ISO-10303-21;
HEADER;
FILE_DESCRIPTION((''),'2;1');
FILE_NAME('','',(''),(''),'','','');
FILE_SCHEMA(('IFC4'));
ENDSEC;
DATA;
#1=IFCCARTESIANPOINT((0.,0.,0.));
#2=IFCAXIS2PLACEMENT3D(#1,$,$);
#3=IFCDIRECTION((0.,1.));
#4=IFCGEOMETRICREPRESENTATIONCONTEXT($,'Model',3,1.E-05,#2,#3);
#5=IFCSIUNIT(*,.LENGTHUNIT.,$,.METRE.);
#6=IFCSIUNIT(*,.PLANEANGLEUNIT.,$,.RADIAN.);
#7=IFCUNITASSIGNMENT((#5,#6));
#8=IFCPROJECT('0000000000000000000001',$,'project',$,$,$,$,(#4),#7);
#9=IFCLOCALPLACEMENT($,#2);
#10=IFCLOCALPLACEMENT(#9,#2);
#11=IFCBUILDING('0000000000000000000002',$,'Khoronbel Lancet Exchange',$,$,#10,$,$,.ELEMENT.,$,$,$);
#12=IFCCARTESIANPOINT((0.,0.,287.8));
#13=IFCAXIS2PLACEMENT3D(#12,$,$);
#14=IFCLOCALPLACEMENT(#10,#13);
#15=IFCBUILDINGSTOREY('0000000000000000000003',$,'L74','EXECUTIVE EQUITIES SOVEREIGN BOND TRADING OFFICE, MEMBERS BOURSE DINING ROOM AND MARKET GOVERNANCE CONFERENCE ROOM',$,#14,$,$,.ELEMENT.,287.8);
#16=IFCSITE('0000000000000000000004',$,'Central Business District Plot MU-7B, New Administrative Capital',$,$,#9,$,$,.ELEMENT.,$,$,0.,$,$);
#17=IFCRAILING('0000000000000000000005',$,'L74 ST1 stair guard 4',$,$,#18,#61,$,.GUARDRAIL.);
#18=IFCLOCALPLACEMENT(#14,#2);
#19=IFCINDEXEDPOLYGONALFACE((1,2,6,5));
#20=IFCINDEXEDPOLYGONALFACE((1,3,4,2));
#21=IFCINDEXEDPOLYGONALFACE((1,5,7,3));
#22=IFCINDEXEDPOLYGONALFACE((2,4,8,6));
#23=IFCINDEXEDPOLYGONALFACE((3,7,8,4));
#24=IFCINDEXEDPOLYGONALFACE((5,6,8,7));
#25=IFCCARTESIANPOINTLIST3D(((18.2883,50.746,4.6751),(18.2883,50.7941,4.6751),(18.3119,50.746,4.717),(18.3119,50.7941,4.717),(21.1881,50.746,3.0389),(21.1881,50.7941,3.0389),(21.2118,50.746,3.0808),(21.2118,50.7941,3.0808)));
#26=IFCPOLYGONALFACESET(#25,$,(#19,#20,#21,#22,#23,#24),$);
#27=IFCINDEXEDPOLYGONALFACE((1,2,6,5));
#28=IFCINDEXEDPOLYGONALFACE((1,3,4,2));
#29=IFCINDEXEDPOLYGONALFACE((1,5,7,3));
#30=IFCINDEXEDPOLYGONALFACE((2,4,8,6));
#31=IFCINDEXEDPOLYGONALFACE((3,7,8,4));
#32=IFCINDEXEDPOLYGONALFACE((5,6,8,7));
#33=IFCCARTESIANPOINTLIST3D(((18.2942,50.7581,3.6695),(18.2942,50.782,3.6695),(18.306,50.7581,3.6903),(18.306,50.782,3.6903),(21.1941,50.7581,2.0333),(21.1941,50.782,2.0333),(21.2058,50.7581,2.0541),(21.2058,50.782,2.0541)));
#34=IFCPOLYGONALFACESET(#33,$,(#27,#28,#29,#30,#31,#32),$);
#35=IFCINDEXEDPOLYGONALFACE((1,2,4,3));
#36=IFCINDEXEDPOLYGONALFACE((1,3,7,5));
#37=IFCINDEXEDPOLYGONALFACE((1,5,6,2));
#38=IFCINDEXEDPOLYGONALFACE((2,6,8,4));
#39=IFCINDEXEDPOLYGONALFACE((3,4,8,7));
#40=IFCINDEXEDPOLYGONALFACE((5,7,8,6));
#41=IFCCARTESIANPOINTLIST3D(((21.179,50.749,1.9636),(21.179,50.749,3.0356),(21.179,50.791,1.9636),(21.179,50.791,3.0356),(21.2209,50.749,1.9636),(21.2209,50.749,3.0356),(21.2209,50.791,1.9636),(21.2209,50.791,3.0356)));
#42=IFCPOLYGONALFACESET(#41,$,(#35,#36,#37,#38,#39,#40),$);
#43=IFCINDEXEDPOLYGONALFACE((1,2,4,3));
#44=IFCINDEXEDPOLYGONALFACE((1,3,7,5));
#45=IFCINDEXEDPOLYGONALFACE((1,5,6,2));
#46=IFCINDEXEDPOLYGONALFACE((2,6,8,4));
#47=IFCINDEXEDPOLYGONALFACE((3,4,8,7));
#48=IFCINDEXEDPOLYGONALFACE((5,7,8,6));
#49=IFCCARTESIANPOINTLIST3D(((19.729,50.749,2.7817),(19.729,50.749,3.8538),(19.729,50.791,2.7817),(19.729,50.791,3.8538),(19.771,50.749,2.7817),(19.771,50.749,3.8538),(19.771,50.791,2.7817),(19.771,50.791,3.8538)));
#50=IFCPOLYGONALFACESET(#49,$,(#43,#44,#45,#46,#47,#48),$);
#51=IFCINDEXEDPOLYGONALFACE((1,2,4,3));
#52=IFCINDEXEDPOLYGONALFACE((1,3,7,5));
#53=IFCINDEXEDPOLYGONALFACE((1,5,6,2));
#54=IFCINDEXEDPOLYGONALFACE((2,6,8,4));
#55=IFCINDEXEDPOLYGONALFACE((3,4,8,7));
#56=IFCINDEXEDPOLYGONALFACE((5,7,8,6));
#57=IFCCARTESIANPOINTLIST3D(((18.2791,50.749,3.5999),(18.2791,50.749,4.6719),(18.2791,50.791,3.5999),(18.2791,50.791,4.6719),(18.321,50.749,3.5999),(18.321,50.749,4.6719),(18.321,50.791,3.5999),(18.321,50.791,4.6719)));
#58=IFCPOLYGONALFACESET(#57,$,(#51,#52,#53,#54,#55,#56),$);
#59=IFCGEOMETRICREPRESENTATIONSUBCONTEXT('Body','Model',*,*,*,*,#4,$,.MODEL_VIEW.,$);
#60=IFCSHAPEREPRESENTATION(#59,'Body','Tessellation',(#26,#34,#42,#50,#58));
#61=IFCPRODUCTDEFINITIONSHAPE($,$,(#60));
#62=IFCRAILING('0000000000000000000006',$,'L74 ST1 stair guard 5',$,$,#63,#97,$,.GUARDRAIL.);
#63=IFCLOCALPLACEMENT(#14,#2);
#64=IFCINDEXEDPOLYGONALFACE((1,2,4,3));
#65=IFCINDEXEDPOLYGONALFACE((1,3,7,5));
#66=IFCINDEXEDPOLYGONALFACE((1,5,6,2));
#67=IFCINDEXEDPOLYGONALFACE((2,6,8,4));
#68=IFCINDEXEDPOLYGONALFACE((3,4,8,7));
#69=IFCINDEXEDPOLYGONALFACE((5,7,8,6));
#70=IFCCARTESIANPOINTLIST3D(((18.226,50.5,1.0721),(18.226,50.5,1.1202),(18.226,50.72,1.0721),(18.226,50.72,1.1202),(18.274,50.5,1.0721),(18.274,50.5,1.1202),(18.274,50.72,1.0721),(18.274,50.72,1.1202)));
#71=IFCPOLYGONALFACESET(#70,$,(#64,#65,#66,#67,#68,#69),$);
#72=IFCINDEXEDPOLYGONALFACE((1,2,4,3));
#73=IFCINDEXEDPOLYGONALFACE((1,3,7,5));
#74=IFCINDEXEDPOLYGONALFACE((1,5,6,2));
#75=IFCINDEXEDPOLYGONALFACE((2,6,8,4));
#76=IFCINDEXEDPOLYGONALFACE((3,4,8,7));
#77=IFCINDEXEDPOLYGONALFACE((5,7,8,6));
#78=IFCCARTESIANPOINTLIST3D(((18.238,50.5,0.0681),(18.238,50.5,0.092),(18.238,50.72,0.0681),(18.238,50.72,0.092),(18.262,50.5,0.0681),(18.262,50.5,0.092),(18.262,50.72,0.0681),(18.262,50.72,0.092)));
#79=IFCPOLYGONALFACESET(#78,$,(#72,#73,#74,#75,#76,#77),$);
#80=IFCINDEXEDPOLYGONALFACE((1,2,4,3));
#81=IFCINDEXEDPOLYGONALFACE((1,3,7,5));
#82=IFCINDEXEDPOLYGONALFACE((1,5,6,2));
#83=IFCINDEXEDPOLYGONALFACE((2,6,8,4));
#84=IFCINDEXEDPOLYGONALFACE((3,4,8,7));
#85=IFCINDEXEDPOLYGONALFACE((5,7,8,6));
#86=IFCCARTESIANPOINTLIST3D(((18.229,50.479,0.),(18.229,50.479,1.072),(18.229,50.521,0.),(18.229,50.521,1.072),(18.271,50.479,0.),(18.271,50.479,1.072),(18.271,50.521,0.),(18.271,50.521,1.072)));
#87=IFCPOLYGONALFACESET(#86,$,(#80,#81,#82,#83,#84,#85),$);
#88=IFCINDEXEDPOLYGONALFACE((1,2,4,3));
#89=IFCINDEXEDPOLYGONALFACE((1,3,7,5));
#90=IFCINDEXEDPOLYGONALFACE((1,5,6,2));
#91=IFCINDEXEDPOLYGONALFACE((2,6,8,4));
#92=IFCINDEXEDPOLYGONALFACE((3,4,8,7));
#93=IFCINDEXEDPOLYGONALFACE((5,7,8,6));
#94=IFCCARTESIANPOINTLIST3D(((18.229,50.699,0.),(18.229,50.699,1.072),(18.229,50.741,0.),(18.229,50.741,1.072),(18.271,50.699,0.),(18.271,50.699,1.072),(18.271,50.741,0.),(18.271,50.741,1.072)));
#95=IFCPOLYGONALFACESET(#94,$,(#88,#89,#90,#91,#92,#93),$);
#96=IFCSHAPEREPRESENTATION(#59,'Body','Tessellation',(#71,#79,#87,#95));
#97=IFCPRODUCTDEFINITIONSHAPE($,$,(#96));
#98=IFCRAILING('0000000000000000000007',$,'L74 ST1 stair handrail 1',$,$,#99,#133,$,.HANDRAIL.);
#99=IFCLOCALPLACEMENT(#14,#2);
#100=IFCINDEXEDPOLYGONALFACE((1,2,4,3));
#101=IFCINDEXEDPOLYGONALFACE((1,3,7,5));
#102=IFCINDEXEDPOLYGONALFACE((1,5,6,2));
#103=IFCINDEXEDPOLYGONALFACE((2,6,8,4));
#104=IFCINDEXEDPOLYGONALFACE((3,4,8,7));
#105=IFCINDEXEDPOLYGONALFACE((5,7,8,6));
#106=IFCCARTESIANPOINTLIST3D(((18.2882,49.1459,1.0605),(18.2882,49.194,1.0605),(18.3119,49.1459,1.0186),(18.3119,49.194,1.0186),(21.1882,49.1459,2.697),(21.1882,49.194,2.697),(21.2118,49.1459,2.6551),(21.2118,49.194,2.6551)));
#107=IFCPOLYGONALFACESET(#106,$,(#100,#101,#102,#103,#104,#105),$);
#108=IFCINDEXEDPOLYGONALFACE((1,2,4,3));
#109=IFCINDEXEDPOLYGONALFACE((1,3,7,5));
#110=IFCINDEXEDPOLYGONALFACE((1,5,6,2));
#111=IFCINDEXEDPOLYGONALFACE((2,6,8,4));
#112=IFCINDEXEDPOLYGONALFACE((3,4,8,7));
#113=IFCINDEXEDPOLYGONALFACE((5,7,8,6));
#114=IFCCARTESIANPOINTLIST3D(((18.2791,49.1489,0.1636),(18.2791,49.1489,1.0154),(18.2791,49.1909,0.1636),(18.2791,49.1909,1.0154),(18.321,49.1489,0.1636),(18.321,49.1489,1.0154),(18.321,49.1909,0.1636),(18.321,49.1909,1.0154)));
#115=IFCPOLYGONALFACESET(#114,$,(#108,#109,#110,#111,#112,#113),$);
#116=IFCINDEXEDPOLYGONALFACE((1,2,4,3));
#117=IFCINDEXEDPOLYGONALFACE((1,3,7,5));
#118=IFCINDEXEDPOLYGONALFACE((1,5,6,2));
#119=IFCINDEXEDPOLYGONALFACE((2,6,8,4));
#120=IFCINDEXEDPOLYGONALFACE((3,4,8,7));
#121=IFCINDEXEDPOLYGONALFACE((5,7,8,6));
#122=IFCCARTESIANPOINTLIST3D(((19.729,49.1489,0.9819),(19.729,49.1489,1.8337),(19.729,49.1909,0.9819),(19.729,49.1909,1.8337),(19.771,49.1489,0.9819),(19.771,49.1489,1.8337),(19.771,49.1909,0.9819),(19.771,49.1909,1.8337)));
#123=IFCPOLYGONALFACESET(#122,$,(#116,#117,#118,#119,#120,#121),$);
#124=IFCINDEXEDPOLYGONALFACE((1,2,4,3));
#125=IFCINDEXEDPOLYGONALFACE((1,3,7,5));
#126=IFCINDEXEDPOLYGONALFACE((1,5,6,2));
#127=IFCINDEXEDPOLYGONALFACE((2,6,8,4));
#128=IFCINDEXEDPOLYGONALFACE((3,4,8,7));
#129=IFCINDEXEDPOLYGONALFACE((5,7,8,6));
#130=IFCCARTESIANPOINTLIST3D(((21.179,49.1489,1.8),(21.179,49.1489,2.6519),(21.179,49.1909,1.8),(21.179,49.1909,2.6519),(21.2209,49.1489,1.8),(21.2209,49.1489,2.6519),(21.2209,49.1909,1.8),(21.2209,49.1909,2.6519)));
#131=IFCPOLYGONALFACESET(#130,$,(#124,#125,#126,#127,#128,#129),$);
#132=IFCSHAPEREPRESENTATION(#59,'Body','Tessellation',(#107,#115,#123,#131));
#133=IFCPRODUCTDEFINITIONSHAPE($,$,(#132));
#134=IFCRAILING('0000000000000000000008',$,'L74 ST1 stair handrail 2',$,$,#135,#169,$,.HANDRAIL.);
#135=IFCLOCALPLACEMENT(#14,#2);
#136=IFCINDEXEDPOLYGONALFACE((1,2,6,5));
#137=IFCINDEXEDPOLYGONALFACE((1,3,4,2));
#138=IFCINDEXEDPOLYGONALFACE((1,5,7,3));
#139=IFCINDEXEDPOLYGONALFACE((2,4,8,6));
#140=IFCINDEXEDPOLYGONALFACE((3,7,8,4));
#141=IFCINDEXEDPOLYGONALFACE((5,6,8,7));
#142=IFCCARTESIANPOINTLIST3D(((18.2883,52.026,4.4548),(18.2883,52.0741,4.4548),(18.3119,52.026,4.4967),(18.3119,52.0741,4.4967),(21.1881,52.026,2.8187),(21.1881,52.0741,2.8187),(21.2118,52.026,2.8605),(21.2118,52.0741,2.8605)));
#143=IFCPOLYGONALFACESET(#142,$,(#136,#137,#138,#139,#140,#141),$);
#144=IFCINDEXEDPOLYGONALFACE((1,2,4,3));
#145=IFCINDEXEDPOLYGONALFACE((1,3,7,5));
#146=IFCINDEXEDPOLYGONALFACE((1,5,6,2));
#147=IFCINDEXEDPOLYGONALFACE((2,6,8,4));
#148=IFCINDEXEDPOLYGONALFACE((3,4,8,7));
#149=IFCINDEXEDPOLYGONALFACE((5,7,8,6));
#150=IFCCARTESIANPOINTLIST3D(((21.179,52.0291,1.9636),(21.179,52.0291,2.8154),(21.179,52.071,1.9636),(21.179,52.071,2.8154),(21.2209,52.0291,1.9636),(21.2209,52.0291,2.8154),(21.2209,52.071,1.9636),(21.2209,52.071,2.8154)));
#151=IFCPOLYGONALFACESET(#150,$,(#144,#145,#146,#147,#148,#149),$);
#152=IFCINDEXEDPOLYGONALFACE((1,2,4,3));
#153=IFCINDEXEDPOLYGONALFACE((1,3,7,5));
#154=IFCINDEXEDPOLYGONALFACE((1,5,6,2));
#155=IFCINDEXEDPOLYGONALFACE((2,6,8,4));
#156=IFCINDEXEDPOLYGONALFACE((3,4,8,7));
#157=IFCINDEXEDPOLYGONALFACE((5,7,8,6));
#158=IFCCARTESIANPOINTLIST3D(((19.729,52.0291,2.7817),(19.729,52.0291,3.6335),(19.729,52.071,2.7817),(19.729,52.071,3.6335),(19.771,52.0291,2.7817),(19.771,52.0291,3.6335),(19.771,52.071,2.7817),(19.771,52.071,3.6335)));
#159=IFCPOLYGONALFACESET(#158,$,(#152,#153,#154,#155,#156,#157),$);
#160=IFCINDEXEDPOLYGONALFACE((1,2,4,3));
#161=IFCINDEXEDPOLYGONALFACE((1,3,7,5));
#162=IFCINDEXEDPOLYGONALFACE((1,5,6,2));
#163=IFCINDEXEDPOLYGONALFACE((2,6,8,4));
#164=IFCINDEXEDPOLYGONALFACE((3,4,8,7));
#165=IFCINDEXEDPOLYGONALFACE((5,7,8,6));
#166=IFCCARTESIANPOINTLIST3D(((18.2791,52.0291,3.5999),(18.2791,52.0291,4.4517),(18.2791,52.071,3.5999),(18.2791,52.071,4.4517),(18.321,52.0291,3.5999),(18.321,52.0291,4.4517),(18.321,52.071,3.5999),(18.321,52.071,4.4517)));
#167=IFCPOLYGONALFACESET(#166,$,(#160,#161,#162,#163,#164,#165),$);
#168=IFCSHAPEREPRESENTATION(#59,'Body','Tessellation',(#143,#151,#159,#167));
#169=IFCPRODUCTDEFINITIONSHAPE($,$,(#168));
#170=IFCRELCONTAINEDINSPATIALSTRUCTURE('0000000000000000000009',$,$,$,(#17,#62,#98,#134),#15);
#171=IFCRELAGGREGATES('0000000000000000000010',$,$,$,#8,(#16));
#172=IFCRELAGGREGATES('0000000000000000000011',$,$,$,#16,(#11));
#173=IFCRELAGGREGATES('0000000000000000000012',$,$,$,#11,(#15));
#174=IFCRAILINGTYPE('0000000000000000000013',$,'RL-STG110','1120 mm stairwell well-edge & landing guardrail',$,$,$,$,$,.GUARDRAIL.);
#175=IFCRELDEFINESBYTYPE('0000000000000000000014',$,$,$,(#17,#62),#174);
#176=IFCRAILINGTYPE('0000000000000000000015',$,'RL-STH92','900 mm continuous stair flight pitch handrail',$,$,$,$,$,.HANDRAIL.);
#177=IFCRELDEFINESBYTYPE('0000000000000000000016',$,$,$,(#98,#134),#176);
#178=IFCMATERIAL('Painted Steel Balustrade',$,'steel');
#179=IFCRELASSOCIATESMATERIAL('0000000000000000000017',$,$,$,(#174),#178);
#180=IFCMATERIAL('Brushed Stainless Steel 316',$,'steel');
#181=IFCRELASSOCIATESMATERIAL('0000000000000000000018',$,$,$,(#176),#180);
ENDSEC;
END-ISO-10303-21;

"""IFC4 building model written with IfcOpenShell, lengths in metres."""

from ifc_helpers import new_model, si_unit, direction, frame, origin, origin_2d, place, context, subcontext, project, spatial, rectangle, extrude, material, type_object, element, save


model = new_model("IFC4")

# Units and contexts
model_context = context("Model", 3, precision=1e-05, world=origin(), true_north=direction((0.0, 1.0)))
body_context = subcontext(model_context, "Body", "Model", "MODEL_VIEW")
ifc_project = project(units=[si_unit("LENGTHUNIT", "METRE"), si_unit("PLANEANGLEUNIT", "RADIAN")], contexts=[model_context])

# Site, building, storey
site_placement = place(None, origin())
site = spatial("IfcSite", under=ifc_project, at=site_placement, Name="Central Business District Plot MU-7B, New Administrative Capital", CompositionType="ELEMENT", RefElevation=0.0)
building_placement = place(site_placement, origin())
building = spatial("IfcBuilding", under=site, at=building_placement, Name="Khoronbel Lancet Exchange", CompositionType="ELEMENT")
storey_placement = place(building_placement, frame((0.0, 0.0, 287.8)))
storey = spatial("IfcBuildingStorey", under=building, at=storey_placement, Name="L74", Description="EXECUTIVE EQUITIES SOVEREIGN BOND TRADING OFFICE, MEMBERS BOURSE DINING ROOM AND MARKET GOVERNANCE CONFERENCE ROOM", CompositionType="ELEMENT", Elevation=287.8)

# Railings
ifc_material_1 = material(Name="Painted Steel Balustrade", Category="steel")
railing_type_1 = type_object("IfcRailingType", Name="RL-STG110", Description="1120 mm stairwell well-edge & landing guardrail", PredefinedType="GUARDRAIL", material=ifc_material_1)
railing_1_placement = place(storey_placement, frame((21.2, 50.77, 1.9636)))
element("IfcRailing", 1, at=railing_1_placement, inside=storey, type_object=railing_type_1, Name="L74 ST1 stair guard 4", PredefinedType="GUARDRAIL", context=body_context, shape_type="SweptSolid", body=[
    extrude(rectangle(XDim=0.0481, YDim=0.0481, at=origin_2d()), frame((0.0, 0.0, 1.0962), z_axis=(-0.870929, 0.0, 0.49141), x_axis=(0.0, -1.0, 0.0)), (0.0, 0.0, 1.0), 3.3296),
    extrude(rectangle(XDim=0.0239, YDim=0.0239, at=origin_2d()), frame((0.0, 0.0, 0.0801), z_axis=(-0.870929, 0.0, 0.49141), x_axis=(0.0, -1.0, 0.0)), (0.0, 0.0, 1.0), 3.3296),
    extrude(rectangle(XDim=0.042, YDim=0.042, at=origin_2d()), origin(), (0.0, 0.0, 1.0), 1.072),
    extrude(rectangle(XDim=0.042, YDim=0.042, at=origin_2d()), frame((-1.45, 0.0, 0.8181)), (0.0, 0.0, 1.0), 1.072),
    extrude(rectangle(XDim=0.042, YDim=0.042, at=origin_2d()), frame((-2.8999, 0.0, 1.6362)), (0.0, 0.0, 1.0), 1.072),
])
railing_2_placement = place(storey_placement, frame((18.25, 50.5, 0.0)))
element("IfcRailing", 2, at=railing_2_placement, inside=storey, type_object=railing_type_1, Name="L74 ST1 stair guard 5", PredefinedType="GUARDRAIL", context=body_context, shape_type="SweptSolid", body=[
    extrude(rectangle(XDim=0.0481, YDim=0.0481, at=origin_2d()), frame((0.0, 0.0, 1.0962), z_axis=(0.0, 1.0, 0.0), x_axis=(-1.0, 0.0, 0.0)), (0.0, 0.0, 1.0), 0.22),
    extrude(rectangle(XDim=0.0239, YDim=0.0239, at=origin_2d()), frame((0.0, 0.0, 0.0801), z_axis=(0.0, 1.0, 0.0), x_axis=(-1.0, 0.0, 0.0)), (0.0, 0.0, 1.0), 0.22),
    extrude(rectangle(XDim=0.042, YDim=0.042, at=origin_2d()), origin(), (0.0, 0.0, 1.0), 1.072),
    extrude(rectangle(XDim=0.042, YDim=0.042, at=origin_2d()), frame((0.0, 0.22, 0.0)), (0.0, 0.0, 1.0), 1.072),
])
ifc_material_2 = material(Name="Brushed Stainless Steel 316", Category="steel")
railing_type_2 = type_object("IfcRailingType", Name="RL-STH92", Description="900 mm continuous stair flight pitch handrail", PredefinedType="HANDRAIL", material=ifc_material_2)
railing_3_placement = place(storey_placement, frame((18.3, 49.1699, 0.1636)))
element("IfcRailing", 3, at=railing_3_placement, inside=storey, type_object=railing_type_2, Name="L74 ST1 stair handrail 1", PredefinedType="HANDRAIL", context=body_context, shape_type="SweptSolid", body=[
    extrude(rectangle(XDim=0.0481, YDim=0.0481, at=origin_2d()), frame((0.0, 0.0, 0.876), z_axis=(0.870897, 0.0, 0.491465), x_axis=(0.0, 1.0, 0.0)), (0.0, 0.0, 1.0), 3.3298),
    extrude(rectangle(XDim=0.042, YDim=0.042, at=origin_2d()), origin(), (0.0, 0.0, 1.0), 0.8518),
    extrude(rectangle(XDim=0.042, YDim=0.042, at=origin_2d()), frame((1.45, 0.0, 0.8184)), (0.0, 0.0, 1.0), 0.8518),
    extrude(rectangle(XDim=0.042, YDim=0.042, at=origin_2d()), frame((2.8999, 0.0, 1.6365)), (0.0, 0.0, 1.0), 0.8518),
])
railing_4_placement = place(storey_placement, frame((21.2, 52.05, 1.9636)))
element("IfcRailing", 4, at=railing_4_placement, inside=storey, type_object=railing_type_2, Name="L74 ST1 stair handrail 2", PredefinedType="HANDRAIL", context=body_context, shape_type="SweptSolid", body=[
    extrude(rectangle(XDim=0.0481, YDim=0.0481, at=origin_2d()), frame((0.0, 0.0, 0.876), z_axis=(-0.870929, 0.0, 0.49141), x_axis=(0.0, -1.0, 0.0)), (0.0, 0.0, 1.0), 3.3296),
    extrude(rectangle(XDim=0.042, YDim=0.042, at=origin_2d()), origin(), (0.0, 0.0, 1.0), 0.8518),
    extrude(rectangle(XDim=0.042, YDim=0.042, at=origin_2d()), frame((-1.45, 0.0, 0.8181)), (0.0, 0.0, 1.0), 0.8518),
    extrude(rectangle(XDim=0.042, YDim=0.042, at=origin_2d()), frame((-2.8999, 0.0, 1.6362)), (0.0, 0.0, 1.0), 0.8518),
])

save(model, "model.ifc")
